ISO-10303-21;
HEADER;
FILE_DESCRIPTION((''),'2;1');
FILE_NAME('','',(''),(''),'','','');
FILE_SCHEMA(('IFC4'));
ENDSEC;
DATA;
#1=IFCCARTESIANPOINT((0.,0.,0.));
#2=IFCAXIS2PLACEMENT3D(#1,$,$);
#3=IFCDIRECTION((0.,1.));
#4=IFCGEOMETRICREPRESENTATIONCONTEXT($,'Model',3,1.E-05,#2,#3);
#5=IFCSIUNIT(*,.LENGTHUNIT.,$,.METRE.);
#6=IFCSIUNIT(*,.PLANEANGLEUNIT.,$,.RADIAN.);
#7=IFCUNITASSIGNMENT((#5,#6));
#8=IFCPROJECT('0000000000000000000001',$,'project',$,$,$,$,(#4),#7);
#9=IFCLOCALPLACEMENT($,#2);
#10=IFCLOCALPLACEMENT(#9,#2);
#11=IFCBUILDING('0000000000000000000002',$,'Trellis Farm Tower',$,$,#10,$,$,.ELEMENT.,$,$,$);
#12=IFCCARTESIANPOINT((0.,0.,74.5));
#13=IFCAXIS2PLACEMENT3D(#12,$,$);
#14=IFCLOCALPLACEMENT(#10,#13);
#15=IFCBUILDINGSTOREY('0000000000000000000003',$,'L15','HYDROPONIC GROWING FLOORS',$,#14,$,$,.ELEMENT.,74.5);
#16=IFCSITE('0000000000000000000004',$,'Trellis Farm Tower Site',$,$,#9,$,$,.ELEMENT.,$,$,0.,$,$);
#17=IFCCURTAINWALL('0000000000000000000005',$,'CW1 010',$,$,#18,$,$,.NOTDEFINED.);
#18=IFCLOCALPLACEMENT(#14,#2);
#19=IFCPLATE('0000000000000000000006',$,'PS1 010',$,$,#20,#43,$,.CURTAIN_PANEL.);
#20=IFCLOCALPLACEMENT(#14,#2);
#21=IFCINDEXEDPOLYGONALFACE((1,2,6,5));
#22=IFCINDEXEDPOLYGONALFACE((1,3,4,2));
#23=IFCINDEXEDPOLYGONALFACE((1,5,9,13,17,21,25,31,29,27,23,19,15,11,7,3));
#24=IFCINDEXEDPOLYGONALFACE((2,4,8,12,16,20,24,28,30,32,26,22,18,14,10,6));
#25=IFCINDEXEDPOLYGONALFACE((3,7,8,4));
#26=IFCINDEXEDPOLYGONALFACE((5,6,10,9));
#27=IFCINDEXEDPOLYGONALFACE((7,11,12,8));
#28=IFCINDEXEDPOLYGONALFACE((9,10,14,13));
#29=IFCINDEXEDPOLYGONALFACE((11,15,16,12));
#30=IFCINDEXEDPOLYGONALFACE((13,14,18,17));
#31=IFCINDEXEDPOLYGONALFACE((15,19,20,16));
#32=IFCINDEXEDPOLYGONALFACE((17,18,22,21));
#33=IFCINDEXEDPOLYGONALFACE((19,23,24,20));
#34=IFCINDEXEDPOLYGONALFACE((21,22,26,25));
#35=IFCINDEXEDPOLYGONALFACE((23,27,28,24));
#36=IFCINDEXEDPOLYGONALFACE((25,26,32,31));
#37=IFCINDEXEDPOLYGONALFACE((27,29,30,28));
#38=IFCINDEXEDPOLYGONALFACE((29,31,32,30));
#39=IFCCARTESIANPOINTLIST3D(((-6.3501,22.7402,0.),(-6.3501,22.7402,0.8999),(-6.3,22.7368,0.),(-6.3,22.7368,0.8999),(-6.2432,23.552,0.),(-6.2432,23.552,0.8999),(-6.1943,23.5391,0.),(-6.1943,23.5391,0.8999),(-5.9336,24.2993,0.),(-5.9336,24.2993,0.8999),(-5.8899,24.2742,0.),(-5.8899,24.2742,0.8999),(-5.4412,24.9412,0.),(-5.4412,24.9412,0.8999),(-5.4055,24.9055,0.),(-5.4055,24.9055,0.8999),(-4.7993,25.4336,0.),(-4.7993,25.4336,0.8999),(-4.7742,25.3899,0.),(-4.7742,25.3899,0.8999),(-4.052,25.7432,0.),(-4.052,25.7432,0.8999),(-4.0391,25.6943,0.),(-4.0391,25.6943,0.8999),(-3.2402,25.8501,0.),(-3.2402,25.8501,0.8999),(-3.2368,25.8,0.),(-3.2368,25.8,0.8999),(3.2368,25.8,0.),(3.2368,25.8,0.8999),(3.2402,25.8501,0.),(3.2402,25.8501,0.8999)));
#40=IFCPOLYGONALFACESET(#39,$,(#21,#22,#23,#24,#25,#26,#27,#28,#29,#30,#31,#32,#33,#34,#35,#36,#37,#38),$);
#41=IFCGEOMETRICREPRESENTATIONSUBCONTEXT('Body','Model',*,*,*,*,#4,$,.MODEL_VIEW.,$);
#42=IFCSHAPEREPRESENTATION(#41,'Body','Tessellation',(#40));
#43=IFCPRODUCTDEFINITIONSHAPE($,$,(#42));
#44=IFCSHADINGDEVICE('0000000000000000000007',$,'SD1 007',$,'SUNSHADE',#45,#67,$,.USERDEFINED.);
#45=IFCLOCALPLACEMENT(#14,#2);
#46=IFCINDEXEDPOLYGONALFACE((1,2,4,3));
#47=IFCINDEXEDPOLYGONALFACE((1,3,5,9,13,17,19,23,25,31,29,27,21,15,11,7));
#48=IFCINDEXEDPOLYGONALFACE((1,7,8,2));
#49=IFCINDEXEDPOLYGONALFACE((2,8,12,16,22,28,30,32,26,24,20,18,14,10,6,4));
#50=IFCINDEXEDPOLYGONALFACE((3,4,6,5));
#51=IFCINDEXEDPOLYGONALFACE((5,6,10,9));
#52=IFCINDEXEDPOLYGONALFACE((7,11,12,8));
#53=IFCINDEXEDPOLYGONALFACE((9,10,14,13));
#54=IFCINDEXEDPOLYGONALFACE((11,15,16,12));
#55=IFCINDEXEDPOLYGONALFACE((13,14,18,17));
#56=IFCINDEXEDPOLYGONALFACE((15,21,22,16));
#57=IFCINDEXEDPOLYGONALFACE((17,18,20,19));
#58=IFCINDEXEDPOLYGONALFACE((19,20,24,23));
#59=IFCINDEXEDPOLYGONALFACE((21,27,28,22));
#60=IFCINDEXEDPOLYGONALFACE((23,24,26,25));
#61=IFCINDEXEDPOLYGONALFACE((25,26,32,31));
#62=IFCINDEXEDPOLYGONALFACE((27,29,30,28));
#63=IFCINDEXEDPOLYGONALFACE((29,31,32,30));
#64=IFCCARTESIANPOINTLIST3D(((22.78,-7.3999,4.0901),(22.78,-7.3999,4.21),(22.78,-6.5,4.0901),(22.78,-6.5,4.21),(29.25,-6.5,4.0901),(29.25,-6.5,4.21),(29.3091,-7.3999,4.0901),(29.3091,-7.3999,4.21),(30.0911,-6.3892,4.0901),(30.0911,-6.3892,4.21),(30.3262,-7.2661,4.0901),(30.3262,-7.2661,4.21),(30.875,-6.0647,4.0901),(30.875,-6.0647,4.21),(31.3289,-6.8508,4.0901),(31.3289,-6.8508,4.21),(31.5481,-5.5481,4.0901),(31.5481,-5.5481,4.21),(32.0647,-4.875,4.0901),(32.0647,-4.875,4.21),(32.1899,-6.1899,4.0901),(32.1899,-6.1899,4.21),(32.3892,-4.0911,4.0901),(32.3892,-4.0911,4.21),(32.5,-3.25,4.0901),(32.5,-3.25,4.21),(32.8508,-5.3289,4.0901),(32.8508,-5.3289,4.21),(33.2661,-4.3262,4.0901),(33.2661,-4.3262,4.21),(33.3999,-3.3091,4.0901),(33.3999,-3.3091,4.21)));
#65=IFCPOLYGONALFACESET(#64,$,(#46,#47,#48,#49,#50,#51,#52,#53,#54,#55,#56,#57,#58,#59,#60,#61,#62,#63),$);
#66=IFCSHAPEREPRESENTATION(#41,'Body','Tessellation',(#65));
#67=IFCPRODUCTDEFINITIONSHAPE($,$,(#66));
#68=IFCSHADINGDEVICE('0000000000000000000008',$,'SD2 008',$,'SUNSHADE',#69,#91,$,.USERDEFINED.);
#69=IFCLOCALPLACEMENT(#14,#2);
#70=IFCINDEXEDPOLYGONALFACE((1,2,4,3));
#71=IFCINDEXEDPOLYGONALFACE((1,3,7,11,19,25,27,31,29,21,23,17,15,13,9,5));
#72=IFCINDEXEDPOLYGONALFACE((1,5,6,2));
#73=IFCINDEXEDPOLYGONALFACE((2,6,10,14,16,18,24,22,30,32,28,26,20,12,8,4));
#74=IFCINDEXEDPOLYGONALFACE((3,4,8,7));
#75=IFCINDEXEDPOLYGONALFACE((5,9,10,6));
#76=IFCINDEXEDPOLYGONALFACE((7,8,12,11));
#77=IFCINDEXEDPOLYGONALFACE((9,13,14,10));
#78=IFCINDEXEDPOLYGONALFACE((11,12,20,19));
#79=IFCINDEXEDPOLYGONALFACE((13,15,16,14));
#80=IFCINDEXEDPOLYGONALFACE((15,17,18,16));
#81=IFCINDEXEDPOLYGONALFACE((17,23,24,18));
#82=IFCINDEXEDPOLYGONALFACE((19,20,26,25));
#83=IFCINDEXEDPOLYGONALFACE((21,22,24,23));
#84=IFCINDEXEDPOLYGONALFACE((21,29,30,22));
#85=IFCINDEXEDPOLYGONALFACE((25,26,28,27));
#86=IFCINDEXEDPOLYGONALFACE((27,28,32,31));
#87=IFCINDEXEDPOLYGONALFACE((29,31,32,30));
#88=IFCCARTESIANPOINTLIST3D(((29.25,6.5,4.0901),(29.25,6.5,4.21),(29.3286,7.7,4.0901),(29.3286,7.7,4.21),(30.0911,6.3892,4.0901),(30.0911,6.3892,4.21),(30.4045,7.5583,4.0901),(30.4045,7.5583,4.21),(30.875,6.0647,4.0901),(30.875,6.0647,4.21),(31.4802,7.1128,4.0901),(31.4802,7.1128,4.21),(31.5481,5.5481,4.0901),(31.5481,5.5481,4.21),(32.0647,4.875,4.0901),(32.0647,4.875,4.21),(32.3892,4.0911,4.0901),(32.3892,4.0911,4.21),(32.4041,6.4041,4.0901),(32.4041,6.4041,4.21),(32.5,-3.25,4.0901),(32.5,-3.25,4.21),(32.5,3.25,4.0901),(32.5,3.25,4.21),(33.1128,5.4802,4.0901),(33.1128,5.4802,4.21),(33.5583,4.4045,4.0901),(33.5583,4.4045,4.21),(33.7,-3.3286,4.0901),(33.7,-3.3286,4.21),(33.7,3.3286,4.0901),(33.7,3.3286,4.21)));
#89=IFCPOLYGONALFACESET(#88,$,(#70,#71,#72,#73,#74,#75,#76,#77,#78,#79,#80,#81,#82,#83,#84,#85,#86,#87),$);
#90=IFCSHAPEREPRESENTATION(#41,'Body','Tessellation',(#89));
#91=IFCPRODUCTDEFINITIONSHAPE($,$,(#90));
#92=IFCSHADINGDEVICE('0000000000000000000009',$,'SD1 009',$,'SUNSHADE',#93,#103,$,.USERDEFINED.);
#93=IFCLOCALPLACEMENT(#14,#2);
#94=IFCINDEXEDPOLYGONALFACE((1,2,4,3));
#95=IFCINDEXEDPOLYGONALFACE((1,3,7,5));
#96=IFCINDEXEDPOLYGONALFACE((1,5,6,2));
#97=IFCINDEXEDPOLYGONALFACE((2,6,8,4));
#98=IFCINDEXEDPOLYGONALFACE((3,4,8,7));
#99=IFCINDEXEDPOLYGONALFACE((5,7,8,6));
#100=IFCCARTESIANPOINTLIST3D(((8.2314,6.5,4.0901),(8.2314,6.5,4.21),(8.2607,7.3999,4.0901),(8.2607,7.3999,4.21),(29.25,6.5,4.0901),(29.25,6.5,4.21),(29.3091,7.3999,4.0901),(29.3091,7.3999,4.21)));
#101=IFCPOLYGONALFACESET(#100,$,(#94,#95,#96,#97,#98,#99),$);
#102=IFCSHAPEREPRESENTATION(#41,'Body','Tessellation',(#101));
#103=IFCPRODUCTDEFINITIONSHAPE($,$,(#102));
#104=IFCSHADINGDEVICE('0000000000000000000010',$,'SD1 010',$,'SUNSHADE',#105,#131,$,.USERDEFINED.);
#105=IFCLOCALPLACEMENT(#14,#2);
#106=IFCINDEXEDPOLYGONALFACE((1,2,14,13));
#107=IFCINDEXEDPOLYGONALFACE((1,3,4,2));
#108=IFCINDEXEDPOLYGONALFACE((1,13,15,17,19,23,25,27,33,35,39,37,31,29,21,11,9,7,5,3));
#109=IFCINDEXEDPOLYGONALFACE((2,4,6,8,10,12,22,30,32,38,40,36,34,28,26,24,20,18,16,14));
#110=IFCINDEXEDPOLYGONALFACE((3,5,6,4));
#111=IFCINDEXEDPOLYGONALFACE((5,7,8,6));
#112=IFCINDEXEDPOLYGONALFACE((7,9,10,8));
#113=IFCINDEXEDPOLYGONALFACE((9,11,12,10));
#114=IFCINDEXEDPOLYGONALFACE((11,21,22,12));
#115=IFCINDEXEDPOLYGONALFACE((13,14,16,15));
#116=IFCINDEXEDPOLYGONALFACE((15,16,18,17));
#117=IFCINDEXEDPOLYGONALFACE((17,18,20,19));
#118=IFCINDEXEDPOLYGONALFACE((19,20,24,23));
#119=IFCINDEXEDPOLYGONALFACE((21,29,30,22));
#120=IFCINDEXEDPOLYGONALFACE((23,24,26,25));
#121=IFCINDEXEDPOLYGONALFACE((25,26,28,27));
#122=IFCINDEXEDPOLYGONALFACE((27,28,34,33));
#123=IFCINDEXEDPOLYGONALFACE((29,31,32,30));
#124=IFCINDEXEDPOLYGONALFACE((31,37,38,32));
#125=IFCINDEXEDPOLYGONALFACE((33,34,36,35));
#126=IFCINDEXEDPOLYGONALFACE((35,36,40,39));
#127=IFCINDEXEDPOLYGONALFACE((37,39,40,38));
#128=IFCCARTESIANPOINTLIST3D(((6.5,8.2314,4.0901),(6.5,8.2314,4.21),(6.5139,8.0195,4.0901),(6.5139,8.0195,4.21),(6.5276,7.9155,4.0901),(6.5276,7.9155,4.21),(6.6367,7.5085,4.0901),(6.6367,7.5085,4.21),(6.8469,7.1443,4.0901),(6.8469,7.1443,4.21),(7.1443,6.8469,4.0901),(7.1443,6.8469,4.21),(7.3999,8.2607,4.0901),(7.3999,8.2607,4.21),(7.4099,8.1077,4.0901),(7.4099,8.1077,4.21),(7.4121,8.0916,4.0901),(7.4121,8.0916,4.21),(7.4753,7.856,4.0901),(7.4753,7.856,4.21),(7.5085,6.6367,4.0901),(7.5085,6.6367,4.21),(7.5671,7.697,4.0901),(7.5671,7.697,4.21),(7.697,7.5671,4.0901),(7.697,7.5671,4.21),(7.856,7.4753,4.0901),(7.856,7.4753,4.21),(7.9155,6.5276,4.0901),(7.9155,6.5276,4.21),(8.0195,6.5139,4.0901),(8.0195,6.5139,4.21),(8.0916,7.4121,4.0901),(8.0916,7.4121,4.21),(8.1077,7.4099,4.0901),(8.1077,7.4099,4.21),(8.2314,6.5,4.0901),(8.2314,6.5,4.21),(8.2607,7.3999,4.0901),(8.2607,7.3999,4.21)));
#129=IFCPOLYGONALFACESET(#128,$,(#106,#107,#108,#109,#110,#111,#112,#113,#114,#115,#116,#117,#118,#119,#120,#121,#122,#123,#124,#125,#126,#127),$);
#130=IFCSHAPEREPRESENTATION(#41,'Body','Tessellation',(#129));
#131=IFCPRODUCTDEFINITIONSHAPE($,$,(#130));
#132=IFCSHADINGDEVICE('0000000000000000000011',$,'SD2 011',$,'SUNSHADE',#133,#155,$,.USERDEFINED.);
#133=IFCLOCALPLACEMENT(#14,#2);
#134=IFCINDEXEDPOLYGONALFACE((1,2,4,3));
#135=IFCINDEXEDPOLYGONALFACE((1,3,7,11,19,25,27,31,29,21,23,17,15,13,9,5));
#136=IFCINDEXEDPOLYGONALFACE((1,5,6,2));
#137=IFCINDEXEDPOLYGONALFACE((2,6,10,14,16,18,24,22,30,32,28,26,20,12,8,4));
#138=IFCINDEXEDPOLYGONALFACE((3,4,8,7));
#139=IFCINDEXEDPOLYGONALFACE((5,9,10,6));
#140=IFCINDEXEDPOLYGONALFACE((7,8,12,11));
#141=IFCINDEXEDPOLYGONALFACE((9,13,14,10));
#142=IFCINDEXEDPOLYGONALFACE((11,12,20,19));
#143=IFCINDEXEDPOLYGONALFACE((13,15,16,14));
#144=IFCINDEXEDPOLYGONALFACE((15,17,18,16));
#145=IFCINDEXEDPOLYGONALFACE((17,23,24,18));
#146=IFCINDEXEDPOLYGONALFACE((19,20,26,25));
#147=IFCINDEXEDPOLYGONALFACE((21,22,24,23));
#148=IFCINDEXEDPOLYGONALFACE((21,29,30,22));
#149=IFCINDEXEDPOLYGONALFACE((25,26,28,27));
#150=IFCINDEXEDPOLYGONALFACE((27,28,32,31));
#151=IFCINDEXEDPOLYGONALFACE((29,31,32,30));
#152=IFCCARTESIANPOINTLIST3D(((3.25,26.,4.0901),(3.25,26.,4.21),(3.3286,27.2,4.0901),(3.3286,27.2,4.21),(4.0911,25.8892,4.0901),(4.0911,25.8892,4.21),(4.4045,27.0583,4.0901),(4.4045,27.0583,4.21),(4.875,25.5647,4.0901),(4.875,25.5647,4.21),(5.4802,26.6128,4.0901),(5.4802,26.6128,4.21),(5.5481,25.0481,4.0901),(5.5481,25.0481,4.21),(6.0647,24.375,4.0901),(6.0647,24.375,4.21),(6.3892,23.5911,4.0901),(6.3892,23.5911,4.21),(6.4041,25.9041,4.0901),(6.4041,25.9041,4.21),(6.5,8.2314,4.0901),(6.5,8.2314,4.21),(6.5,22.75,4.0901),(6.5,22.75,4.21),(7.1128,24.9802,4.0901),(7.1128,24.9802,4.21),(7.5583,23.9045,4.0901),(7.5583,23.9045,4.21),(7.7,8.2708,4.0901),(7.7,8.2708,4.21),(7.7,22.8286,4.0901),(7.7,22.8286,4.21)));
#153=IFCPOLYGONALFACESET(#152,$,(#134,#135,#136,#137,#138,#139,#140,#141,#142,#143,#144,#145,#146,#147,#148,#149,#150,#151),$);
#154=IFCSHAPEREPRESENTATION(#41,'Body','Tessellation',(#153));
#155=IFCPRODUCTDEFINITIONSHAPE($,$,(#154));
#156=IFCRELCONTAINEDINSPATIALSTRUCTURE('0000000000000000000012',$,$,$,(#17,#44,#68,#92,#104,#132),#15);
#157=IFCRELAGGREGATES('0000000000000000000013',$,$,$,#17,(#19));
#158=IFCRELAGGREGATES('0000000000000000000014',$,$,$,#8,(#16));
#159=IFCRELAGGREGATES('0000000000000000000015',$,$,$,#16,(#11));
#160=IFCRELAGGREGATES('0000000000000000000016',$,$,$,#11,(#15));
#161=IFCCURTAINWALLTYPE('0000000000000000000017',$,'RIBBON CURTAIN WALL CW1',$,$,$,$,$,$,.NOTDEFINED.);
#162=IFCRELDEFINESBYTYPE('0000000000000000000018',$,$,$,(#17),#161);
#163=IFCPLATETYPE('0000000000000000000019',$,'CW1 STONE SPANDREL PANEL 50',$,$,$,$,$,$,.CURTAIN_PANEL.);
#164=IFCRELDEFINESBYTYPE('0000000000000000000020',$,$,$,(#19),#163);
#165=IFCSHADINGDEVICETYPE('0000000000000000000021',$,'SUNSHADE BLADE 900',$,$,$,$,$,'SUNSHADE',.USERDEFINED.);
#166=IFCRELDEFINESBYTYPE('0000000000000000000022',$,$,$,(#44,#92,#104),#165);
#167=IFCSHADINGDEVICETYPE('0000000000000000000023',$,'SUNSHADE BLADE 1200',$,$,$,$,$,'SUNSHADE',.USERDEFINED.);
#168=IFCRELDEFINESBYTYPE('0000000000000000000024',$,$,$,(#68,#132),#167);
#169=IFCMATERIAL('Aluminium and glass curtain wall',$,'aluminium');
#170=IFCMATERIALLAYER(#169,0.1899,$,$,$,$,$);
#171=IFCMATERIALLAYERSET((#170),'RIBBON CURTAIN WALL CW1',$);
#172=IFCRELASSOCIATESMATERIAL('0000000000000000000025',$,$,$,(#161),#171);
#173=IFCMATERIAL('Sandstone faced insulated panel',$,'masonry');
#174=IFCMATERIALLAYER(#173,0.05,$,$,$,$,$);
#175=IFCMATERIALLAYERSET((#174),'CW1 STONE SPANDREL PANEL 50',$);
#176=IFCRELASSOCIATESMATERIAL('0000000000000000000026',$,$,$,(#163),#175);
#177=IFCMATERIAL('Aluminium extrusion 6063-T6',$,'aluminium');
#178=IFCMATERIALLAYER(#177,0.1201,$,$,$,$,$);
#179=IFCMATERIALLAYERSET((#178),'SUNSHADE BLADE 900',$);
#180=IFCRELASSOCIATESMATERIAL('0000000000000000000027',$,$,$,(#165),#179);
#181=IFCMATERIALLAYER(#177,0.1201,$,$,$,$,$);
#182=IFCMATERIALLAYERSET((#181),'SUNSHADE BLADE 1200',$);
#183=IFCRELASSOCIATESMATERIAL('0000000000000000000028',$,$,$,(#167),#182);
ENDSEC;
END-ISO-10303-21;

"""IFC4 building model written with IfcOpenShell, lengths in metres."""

from ifc_helpers import new_model, si_unit, direction, frame, origin, place, context, subcontext, project, spatial, polyline, outline, extrude, source, transform, mapped, material, layer, layer_set, type_object, element, aggregate, save


model = new_model("IFC4")

# Units and contexts
model_context = context("Model", 3, precision=1e-05, world=origin(), true_north=direction((0.0, 1.0)))
body_context = subcontext(model_context, "Body", "Model", "MODEL_VIEW")
ifc_project = project(units=[si_unit("LENGTHUNIT", "METRE"), si_unit("PLANEANGLEUNIT", "RADIAN")], contexts=[model_context])

# Site, building, storey
site_placement = place(None, origin())
site = spatial("IfcSite", under=ifc_project, at=site_placement, Name="Trellis Farm Tower Site", CompositionType="ELEMENT", RefElevation=0.0)
building_placement = place(site_placement, origin())
building = spatial("IfcBuilding", under=site, at=building_placement, Name="Trellis Farm Tower", CompositionType="ELEMENT")
storey_placement = place(building_placement, frame((0.0, 0.0, 74.5)))
storey = spatial("IfcBuildingStorey", under=building, at=storey_placement, Name="L15", Description="HYDROPONIC GROWING FLOORS", CompositionType="ELEMENT", Elevation=74.5)

# Shared definitions
ifc_material_1 = material(Name="Aluminium and glass curtain wall", Category="aluminium")
ifc_layer_1 = layer(ifc_material_1, 0.1899)
ifc_layer_set_1 = layer_set([ifc_layer_1], Name="RIBBON CURTAIN WALL CW1")
curtain_wall_type_1 = type_object("IfcCurtainWallType", Name="RIBBON CURTAIN WALL CW1", PredefinedType="NOTDEFINED", material=ifc_layer_set_1)
placement_1 = place(storey_placement, origin())
ifc_material_2 = material(Name="Aluminium extrusion 6063-T6", Category="aluminium")

# Shared definitions
ifc_material_3 = material(Name="Sandstone faced insulated panel", Category="masonry")
ifc_layer_2 = layer(ifc_material_3, 0.05)
ifc_layer_set_2 = layer_set([ifc_layer_2], Name="CW1 STONE SPANDREL PANEL 50")
plate_type_1 = type_object("IfcPlateType", Name="CW1 STONE SPANDREL PANEL 50", PredefinedType="CURTAIN_PANEL", material=ifc_layer_set_2)

# Curtain wall, plate
curtain_wall_1 = element("IfcCurtainWall", 1, at=placement_1, inside=storey, type_object=curtain_wall_type_1, Name="CW1 010", PredefinedType="NOTDEFINED")
shared_shape_1 = source(origin(), body_context, "Body", "SweptSolid", [
    extrude(outline(polyline([(3.2402, 25.8501), (-3.2402, 25.8501), (-4.052, 25.7432), (-4.7993, 25.4336), (-5.4412, 24.9412), (-5.9336, 24.2993), (-6.2432, 23.552), (-6.3501, 22.7402), (-6.3, 22.7368), (-6.1943, 23.5391), (-5.8899, 24.2742), (-5.4055, 24.9055), (-4.7742, 25.3899), (-4.0391, 25.6943), (-3.2368, 25.8), (3.2368, 25.8), (3.2402, 25.8501)])), origin(), (0.0, 0.0, 1.0), 0.8999),
])
plate_1 = element("IfcPlate", 2, at=placement_1, type_object=plate_type_1, Name="PS1 010", PredefinedType="CURTAIN_PANEL", context=body_context, shape_type="MappedRepresentation", body=[
    mapped(shared_shape_1, transform((0.0, 0.0, 0.0))),
])
aggregate(curtain_wall_1, [plate_1])

# Shading devices
ifc_layer_3 = layer(ifc_material_2, 0.1201)
ifc_layer_set_3 = layer_set([ifc_layer_3], Name="SUNSHADE BLADE 900")
shading_device_type_1 = type_object("IfcShadingDeviceType", Name="SUNSHADE BLADE 900", ElementType="SUNSHADE", PredefinedType="USERDEFINED", material=ifc_layer_set_3)
shared_shape_2 = source(origin(), body_context, "Body", "SweptSolid", [
    extrude(outline(polyline([(22.78, -7.3999), (29.3091, -7.3999), (30.3262, -7.2661), (31.3289, -6.8508), (32.1899, -6.1899), (32.8508, -5.3289), (33.2661, -4.3262), (33.3999, -3.3091), (32.5, -3.25), (32.3892, -4.0911), (32.0647, -4.875), (31.5481, -5.5481), (30.875, -6.0647), (30.0911, -6.3892), (29.25, -6.5), (22.78, -6.5), (22.78, -7.3999)])), origin(), (0.0, 0.0, 1.0), 0.1199),
])
placement_2 = place(storey_placement, frame((0.0, 0.0, 4.0901)))
element("IfcShadingDevice", 3, at=placement_2, inside=storey, type_object=shading_device_type_1, Name="SD1 007", ObjectType="SUNSHADE", PredefinedType="USERDEFINED", context=body_context, shape_type="MappedRepresentation", body=[
    mapped(shared_shape_2, transform((0.0, 0.0, 0.0))),
])
ifc_layer_4 = layer(ifc_material_2, 0.1201)
ifc_layer_set_4 = layer_set([ifc_layer_4], Name="SUNSHADE BLADE 1200")
shading_device_type_2 = type_object("IfcShadingDeviceType", Name="SUNSHADE BLADE 1200", ElementType="SUNSHADE", PredefinedType="USERDEFINED", material=ifc_layer_set_4)
shared_shape_3 = source(origin(), body_context, "Body", "SweptSolid", [
    extrude(outline(polyline([(33.7, -3.3286), (33.7, 3.3286), (33.5583, 4.4045), (33.1128, 5.4802), (32.4041, 6.4041), (31.4802, 7.1128), (30.4045, 7.5583), (29.3286, 7.7), (29.25, 6.5), (30.0911, 6.3892), (30.875, 6.0647), (31.5481, 5.5481), (32.0647, 4.875), (32.3892, 4.0911), (32.5, 3.25), (32.5, -3.25), (33.7, -3.3286)])), origin(), (0.0, 0.0, 1.0), 0.1199),
])
element("IfcShadingDevice", 4, at=placement_2, inside=storey, type_object=shading_device_type_2, Name="SD2 008", ObjectType="SUNSHADE", PredefinedType="USERDEFINED", context=body_context, shape_type="MappedRepresentation", body=[
    mapped(shared_shape_3, transform((0.0, 0.0, 0.0))),
])
shared_shape_4 = source(origin(), body_context, "Body", "SweptSolid", [
    extrude(outline(polyline([(29.3091, 7.3999), (8.2607, 7.3999), (8.2314, 6.5), (29.25, 6.5), (29.3091, 7.3999)])), origin(), (0.0, 0.0, 1.0), 0.1199),
])
element("IfcShadingDevice", 5, at=placement_2, inside=storey, type_object=shading_device_type_1, Name="SD1 009", ObjectType="SUNSHADE", PredefinedType="USERDEFINED", context=body_context, shape_type="MappedRepresentation", body=[
    mapped(shared_shape_4, transform((0.0, 0.0, 0.0))),
])
shared_shape_5 = source(origin(), body_context, "Body", "SweptSolid", [
    extrude(outline(polyline([(8.2607, 7.3999), (8.1077, 7.4099), (8.0916, 7.4121), (7.856, 7.4753), (7.697, 7.5671), (7.5671, 7.697), (7.4753, 7.856), (7.4121, 8.0916), (7.4099, 8.1077), (7.3999, 8.2607), (6.5, 8.2314), (6.5139, 8.0195), (6.5276, 7.9155), (6.6367, 7.5085), (6.8469, 7.1443), (7.1443, 6.8469), (7.5085, 6.6367), (7.9155, 6.5276), (8.0195, 6.5139), (8.2314, 6.5), (8.2607, 7.3999)])), origin(), (0.0, 0.0, 1.0), 0.1199),
])
element("IfcShadingDevice", 6, at=placement_2, inside=storey, type_object=shading_device_type_1, Name="SD1 010", ObjectType="SUNSHADE", PredefinedType="USERDEFINED", context=body_context, shape_type="MappedRepresentation", body=[
    mapped(shared_shape_5, transform((0.0, 0.0, 0.0))),
])
shared_shape_6 = source(origin(), body_context, "Body", "SweptSolid", [
    extrude(outline(polyline([(7.7, 8.2708), (7.7, 22.8286), (7.5583, 23.9045), (7.1128, 24.9802), (6.4041, 25.9041), (5.4802, 26.6128), (4.4045, 27.0583), (3.3286, 27.2), (3.25, 26.0), (4.0911, 25.8892), (4.875, 25.5647), (5.5481, 25.0481), (6.0647, 24.375), (6.3892, 23.5911), (6.5, 22.75), (6.5, 8.2314), (7.7, 8.2708)])), origin(), (0.0, 0.0, 1.0), 0.1199),
])
element("IfcShadingDevice", 7, at=placement_2, inside=storey, type_object=shading_device_type_2, Name="SD2 011", ObjectType="SUNSHADE", PredefinedType="USERDEFINED", context=body_context, shape_type="MappedRepresentation", body=[
    mapped(shared_shape_6, transform((0.0, 0.0, 0.0))),
])

save(model, "model.ifc")
